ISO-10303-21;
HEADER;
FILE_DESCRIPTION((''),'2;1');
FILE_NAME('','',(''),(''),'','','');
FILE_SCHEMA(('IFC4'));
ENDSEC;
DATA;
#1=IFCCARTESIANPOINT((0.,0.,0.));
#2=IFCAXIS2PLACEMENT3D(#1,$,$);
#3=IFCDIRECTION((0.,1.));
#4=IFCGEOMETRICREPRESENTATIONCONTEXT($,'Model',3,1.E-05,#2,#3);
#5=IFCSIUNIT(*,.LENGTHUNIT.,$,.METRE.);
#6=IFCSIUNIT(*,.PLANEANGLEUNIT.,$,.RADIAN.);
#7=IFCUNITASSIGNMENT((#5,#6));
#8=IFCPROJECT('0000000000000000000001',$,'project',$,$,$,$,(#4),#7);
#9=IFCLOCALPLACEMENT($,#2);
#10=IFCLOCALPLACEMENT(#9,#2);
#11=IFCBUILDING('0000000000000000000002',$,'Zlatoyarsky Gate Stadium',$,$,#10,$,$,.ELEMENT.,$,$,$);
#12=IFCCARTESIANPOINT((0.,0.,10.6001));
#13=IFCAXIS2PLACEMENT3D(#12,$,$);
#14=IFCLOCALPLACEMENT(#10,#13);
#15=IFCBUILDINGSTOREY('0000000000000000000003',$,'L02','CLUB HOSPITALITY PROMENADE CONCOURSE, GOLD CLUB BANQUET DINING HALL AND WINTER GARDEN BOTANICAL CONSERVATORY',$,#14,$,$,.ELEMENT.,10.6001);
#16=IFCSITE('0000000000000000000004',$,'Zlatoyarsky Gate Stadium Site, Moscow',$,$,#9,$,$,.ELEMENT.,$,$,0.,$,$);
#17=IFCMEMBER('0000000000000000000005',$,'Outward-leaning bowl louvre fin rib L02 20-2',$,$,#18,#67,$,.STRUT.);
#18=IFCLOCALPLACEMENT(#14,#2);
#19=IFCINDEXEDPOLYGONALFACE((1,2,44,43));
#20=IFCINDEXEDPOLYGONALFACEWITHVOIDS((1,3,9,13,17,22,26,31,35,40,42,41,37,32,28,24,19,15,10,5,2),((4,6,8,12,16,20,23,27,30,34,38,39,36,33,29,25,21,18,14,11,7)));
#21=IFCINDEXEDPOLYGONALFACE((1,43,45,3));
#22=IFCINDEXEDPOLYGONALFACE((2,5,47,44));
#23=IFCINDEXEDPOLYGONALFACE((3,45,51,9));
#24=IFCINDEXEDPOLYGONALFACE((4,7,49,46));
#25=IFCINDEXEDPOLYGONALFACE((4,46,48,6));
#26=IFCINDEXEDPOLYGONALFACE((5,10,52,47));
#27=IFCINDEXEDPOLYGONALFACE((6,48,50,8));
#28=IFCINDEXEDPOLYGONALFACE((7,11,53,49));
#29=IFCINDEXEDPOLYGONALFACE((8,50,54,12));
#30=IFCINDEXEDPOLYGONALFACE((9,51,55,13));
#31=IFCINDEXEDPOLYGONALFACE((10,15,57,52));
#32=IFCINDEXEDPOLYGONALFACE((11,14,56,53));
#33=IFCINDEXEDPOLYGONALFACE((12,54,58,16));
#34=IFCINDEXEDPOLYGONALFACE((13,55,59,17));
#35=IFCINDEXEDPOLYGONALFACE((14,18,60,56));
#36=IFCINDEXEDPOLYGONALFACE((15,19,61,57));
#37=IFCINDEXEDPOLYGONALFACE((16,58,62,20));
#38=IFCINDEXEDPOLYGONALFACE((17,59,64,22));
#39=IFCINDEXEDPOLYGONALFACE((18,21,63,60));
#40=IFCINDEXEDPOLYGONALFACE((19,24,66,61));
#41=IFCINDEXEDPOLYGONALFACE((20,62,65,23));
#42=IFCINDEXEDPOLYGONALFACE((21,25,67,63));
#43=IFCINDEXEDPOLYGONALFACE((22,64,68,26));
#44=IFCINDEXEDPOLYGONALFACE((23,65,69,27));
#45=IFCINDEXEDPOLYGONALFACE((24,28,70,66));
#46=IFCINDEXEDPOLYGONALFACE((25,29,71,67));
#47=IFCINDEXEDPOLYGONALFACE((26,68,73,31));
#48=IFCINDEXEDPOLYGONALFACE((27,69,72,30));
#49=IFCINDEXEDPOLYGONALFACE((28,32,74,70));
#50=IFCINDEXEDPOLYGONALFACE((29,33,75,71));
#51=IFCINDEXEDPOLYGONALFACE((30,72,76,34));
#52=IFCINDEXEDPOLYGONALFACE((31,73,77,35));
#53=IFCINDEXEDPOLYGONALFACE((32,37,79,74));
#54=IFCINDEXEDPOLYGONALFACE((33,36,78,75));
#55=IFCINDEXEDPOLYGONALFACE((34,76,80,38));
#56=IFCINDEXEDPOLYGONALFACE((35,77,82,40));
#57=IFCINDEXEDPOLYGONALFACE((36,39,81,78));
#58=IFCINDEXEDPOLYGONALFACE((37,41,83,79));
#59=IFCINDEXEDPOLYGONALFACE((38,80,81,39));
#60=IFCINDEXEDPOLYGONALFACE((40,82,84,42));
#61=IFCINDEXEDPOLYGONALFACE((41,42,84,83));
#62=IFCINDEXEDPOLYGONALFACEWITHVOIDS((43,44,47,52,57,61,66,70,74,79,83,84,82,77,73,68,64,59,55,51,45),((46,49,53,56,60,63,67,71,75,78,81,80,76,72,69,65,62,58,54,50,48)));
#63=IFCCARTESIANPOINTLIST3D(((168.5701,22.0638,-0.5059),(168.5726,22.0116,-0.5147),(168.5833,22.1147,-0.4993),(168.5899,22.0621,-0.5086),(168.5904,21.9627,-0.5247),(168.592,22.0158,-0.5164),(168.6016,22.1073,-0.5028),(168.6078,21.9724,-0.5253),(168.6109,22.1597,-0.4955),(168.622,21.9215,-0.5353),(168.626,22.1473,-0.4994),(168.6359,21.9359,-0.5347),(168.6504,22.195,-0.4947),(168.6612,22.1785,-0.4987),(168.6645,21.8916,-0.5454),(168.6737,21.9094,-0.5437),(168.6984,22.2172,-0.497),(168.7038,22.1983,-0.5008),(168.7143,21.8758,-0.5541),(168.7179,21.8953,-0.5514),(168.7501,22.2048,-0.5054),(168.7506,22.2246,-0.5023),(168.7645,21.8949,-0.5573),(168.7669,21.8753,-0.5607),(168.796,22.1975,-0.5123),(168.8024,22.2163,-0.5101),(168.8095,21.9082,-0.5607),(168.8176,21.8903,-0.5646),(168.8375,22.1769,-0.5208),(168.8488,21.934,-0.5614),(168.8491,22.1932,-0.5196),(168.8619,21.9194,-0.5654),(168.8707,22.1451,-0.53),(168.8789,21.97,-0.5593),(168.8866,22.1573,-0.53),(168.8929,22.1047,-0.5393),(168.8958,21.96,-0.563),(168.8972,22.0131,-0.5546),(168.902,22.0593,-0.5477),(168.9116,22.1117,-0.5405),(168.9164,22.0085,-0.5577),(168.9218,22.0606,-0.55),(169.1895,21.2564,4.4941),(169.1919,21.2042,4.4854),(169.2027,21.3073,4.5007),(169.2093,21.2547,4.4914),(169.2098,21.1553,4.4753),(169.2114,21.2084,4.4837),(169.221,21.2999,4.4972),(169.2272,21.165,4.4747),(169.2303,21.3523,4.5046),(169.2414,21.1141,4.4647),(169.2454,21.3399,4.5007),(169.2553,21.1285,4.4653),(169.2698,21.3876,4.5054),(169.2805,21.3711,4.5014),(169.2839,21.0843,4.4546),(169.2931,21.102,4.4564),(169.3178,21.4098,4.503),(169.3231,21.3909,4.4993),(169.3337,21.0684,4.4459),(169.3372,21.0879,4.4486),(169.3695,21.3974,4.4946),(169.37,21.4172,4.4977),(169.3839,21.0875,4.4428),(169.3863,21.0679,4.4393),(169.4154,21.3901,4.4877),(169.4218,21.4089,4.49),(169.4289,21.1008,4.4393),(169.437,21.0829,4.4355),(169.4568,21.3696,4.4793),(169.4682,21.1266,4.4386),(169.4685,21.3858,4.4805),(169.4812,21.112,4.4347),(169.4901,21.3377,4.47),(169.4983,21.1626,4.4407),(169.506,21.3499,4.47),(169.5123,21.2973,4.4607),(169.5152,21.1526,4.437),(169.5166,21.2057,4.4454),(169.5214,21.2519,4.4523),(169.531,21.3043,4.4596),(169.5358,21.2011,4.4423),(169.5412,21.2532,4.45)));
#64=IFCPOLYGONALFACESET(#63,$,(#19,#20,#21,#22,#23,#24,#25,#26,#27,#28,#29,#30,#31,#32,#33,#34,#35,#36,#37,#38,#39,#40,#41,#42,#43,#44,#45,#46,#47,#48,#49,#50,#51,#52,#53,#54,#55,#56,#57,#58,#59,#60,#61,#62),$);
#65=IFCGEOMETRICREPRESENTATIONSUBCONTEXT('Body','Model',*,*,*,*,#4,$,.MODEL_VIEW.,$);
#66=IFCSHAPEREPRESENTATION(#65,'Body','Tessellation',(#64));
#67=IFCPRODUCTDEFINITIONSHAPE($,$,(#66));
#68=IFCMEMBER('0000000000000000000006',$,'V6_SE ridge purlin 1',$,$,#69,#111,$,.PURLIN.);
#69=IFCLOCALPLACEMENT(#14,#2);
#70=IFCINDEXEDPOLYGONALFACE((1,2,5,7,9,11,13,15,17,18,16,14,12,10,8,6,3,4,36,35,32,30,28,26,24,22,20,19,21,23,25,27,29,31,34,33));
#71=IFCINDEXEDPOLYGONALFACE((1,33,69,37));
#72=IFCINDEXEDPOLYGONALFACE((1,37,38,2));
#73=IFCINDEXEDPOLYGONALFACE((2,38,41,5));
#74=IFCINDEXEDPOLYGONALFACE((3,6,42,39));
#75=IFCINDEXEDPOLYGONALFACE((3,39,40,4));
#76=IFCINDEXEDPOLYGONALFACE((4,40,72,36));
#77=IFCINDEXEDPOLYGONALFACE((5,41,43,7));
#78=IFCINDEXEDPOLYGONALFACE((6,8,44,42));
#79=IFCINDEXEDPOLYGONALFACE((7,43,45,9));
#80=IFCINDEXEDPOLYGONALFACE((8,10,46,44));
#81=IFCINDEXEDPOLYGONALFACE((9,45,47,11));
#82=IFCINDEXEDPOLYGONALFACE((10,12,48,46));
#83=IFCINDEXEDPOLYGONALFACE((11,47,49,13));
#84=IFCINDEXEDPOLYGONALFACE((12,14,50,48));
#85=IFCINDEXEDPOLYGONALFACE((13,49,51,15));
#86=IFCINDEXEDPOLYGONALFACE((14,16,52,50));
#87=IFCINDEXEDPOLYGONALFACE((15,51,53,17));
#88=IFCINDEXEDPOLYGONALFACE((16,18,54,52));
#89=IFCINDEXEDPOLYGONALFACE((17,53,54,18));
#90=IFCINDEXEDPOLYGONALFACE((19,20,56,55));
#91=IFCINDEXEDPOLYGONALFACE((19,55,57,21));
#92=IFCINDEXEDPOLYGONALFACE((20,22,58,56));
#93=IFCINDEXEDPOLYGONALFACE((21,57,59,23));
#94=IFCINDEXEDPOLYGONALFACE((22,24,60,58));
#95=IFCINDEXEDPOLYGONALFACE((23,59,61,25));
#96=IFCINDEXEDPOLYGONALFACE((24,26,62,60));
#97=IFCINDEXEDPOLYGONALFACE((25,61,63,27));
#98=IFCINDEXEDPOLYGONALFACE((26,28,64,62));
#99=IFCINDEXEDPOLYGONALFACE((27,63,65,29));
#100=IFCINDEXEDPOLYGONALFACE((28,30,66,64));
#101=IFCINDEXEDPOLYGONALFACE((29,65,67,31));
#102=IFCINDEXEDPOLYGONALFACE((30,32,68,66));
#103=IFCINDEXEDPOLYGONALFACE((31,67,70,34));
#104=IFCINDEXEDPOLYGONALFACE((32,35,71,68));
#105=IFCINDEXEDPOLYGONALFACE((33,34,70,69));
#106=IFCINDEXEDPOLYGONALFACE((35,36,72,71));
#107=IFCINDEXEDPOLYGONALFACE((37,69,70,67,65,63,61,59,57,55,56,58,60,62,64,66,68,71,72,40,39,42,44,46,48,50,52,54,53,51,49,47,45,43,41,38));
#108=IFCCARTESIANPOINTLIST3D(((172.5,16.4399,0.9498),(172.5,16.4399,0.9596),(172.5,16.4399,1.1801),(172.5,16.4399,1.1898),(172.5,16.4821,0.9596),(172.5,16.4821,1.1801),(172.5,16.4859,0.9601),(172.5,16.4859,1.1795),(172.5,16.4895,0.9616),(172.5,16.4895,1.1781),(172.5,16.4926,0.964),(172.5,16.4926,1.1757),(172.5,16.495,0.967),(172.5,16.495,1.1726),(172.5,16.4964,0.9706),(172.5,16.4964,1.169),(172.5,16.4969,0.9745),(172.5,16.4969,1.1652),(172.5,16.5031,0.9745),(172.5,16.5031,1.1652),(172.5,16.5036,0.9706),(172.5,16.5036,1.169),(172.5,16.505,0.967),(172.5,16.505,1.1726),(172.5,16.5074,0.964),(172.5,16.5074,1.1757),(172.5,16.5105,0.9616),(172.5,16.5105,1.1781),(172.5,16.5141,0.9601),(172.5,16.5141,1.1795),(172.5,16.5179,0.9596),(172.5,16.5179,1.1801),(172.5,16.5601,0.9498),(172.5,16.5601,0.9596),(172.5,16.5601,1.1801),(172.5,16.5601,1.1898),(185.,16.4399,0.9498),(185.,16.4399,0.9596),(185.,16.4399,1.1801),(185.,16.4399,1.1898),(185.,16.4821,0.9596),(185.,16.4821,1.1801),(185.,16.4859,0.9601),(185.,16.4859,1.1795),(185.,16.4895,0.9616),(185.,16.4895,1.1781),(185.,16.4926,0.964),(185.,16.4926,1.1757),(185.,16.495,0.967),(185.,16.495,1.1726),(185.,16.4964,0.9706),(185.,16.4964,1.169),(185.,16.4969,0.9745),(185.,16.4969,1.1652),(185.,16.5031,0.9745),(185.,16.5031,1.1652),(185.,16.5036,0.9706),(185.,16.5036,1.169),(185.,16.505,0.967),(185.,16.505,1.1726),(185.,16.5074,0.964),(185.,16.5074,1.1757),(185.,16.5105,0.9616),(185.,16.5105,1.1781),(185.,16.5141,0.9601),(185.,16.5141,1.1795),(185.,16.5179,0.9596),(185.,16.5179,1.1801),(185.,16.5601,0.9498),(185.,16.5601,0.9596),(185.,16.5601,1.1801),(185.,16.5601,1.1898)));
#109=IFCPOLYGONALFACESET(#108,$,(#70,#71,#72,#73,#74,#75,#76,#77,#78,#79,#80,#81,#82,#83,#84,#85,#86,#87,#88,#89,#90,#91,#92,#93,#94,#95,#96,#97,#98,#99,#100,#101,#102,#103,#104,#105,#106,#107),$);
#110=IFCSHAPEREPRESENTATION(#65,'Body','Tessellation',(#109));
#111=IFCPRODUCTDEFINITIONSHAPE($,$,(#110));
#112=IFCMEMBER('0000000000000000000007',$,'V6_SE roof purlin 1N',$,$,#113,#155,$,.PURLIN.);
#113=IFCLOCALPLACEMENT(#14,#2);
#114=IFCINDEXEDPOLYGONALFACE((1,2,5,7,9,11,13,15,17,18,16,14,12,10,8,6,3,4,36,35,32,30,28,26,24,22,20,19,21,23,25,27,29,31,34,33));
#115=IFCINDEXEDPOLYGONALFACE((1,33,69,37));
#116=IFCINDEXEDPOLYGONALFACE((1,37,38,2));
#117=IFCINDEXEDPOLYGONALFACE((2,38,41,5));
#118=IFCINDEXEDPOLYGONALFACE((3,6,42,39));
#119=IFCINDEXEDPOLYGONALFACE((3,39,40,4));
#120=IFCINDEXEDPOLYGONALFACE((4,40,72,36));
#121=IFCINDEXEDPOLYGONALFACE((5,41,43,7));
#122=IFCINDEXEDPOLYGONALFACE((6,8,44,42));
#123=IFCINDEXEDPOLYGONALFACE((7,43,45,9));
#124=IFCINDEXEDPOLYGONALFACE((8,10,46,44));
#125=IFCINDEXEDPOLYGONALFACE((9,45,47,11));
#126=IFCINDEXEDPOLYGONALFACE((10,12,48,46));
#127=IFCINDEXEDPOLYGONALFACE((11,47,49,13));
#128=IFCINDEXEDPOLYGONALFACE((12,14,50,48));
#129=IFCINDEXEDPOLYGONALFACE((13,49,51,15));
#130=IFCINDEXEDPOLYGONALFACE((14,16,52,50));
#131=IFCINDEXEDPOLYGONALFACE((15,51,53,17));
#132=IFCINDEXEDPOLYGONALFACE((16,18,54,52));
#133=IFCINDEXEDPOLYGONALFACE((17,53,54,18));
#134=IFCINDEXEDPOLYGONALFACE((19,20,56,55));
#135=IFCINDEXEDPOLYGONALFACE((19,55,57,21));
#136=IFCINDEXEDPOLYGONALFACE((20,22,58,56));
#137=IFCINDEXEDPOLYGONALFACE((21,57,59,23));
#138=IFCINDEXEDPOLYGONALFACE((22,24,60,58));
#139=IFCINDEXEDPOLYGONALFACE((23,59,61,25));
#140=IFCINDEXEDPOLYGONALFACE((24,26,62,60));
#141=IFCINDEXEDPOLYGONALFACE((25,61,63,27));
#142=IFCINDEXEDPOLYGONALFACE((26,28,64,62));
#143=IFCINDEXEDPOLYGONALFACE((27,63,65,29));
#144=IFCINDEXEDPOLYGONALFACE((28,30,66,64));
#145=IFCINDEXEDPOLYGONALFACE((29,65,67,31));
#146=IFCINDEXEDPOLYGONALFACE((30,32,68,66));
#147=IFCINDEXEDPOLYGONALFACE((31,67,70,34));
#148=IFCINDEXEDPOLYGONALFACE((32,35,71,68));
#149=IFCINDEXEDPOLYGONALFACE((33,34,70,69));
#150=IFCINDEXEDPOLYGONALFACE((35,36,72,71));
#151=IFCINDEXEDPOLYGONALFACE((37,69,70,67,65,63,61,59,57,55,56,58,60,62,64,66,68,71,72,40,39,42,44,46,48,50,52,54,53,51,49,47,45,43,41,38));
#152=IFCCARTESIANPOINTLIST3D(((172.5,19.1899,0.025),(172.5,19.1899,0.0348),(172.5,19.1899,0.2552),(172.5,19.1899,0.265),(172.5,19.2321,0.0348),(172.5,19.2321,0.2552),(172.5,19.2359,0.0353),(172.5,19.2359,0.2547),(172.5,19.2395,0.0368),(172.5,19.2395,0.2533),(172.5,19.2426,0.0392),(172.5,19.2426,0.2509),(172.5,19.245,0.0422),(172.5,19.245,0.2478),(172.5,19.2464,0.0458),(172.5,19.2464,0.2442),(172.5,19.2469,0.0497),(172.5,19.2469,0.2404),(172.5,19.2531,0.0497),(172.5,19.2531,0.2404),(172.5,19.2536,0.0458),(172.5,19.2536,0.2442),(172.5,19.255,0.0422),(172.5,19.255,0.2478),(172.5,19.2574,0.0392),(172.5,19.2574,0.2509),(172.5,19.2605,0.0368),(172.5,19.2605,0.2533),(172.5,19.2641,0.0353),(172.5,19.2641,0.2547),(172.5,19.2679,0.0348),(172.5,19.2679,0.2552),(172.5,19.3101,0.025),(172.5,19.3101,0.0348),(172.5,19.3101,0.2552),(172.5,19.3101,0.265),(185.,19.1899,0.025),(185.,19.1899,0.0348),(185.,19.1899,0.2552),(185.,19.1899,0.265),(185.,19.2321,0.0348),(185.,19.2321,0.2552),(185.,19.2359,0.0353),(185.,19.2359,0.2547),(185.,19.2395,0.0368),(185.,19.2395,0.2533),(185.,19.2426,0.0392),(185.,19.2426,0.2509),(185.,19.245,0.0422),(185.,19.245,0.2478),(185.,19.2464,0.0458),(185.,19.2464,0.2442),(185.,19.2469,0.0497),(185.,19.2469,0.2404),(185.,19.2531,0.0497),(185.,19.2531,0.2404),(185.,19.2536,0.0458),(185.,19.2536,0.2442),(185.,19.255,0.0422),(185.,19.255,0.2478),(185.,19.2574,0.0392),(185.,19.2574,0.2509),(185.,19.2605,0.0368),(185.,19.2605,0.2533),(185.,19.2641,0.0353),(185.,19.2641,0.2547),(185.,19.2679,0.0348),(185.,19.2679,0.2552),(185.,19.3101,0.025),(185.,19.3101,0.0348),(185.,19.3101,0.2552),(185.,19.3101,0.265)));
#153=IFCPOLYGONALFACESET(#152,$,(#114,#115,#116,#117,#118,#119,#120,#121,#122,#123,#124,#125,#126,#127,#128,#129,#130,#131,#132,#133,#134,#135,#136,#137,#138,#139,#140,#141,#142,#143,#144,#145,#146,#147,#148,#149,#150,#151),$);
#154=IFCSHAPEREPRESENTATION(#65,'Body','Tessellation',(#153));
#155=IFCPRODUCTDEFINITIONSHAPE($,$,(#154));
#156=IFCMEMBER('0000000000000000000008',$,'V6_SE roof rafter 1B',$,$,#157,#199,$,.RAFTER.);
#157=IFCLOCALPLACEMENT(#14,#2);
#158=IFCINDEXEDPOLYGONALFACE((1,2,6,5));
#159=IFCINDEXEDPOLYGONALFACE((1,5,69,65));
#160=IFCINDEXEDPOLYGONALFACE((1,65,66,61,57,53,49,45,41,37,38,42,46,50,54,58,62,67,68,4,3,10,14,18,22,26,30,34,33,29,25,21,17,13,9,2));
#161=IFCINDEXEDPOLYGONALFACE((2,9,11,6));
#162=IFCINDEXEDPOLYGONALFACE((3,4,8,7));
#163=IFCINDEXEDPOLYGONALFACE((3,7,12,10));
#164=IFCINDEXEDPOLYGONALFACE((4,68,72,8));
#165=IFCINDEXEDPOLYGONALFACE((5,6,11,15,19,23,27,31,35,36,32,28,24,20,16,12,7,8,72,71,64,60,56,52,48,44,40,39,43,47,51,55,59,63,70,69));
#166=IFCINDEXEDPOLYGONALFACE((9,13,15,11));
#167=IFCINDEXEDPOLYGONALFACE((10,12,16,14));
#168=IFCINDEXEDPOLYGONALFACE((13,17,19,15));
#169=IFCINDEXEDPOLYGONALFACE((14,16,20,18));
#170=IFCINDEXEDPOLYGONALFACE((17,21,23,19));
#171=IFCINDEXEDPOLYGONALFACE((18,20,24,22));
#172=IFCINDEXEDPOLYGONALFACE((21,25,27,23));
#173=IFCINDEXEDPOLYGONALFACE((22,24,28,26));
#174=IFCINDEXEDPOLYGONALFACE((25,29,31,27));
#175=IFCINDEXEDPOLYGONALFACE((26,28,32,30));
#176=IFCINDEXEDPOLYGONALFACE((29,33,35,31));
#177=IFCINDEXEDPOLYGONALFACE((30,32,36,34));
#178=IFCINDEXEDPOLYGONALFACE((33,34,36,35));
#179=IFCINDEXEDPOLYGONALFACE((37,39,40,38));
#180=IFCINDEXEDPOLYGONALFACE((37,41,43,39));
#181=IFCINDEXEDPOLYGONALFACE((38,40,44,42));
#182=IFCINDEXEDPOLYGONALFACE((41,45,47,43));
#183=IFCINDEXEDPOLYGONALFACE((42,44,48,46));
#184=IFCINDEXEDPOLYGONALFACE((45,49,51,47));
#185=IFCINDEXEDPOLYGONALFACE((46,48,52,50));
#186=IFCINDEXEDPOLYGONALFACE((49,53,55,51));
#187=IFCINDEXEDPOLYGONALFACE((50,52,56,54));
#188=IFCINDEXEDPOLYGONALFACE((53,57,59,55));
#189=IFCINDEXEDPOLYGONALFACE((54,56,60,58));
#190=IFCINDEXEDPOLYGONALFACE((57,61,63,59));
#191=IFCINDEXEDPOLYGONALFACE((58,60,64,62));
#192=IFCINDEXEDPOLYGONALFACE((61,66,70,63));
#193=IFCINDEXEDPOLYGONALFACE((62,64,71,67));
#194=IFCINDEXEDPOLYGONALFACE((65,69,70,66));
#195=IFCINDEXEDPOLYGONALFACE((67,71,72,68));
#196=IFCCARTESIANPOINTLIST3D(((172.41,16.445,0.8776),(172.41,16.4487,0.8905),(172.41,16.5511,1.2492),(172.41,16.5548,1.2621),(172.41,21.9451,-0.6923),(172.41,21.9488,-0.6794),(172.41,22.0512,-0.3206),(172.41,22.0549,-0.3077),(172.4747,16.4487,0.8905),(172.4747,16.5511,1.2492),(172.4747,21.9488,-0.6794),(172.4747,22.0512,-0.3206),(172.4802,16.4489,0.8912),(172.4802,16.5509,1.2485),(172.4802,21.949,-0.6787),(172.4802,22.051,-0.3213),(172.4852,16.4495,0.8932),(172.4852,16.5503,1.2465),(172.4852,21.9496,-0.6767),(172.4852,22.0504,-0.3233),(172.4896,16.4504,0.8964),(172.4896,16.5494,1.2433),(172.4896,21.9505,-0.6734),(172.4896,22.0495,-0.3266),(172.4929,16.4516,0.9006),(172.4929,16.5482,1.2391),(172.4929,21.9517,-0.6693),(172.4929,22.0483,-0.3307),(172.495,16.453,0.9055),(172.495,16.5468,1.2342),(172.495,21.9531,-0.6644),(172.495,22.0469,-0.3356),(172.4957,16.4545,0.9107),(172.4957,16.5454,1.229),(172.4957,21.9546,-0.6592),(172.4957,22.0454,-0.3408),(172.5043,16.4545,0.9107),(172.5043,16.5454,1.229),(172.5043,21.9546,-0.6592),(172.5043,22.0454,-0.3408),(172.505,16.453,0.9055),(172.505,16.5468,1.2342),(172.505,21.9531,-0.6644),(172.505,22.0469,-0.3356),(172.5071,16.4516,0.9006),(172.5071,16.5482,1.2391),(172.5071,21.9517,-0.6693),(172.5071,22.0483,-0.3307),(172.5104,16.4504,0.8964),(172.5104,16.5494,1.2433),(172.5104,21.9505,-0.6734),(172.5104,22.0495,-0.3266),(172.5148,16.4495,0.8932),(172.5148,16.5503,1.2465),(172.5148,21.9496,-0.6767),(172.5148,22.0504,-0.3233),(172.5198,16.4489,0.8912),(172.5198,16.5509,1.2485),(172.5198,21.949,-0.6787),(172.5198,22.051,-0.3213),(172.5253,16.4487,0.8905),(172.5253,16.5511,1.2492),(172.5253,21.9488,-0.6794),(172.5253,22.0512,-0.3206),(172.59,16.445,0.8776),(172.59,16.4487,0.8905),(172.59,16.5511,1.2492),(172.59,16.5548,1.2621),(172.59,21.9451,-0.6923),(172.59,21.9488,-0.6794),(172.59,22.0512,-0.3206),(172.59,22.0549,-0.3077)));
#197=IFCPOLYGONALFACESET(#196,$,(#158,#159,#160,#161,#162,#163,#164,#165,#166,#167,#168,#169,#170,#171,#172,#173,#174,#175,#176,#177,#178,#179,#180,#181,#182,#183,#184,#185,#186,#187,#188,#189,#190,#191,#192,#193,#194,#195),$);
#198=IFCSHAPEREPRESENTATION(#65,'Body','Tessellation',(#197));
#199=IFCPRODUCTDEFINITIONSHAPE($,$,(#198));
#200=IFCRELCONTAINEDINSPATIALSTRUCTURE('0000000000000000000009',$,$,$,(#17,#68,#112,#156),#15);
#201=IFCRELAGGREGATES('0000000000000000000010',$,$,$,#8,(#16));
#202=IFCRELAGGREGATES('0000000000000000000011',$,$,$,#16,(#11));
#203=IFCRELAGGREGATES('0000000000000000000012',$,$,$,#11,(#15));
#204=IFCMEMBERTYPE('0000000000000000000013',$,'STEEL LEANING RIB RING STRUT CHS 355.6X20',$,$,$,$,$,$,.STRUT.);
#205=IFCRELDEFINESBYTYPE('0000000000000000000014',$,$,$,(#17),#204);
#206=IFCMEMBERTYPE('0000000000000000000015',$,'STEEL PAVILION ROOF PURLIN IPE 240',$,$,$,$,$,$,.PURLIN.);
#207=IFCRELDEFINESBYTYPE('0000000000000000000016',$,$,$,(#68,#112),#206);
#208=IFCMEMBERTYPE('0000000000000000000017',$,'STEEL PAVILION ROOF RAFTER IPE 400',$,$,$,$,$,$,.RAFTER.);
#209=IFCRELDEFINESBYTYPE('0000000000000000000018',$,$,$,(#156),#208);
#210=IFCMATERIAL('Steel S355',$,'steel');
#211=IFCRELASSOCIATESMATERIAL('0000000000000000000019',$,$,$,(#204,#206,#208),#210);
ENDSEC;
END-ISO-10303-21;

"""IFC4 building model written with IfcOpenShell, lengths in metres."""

from ifc_helpers import new_model, si_unit, direction, frame, origin, origin_2d, place, context, subcontext, project, spatial, hollow_circle, i_section, extrude, material, material_profile, profile_set, type_object, element, save


model = new_model("IFC4")

# Units and contexts
model_context = context("Model", 3, precision=1e-05, world=origin(), true_north=direction((0.0, 1.0)))
body_context = subcontext(model_context, "Body", "Model", "MODEL_VIEW")
ifc_project = project(units=[si_unit("LENGTHUNIT", "METRE"), si_unit("PLANEANGLEUNIT", "RADIAN")], contexts=[model_context])

# Site, building, storey
site_placement = place(None, origin())
site = spatial("IfcSite", under=ifc_project, at=site_placement, Name="Zlatoyarsky Gate Stadium Site, Moscow", CompositionType="ELEMENT", RefElevation=0.0)
building_placement = place(site_placement, origin())
building = spatial("IfcBuilding", under=site, at=building_placement, Name="Zlatoyarsky Gate Stadium", CompositionType="ELEMENT")
storey_placement = place(building_placement, frame((0.0, 0.0, 10.6001)))
storey = spatial("IfcBuildingStorey", under=building, at=storey_placement, Name="L02", Description="CLUB HOSPITALITY PROMENADE CONCOURSE, GOLD CLUB BANQUET DINING HALL AND WINTER GARDEN BOTANICAL CONSERVATORY", CompositionType="ELEMENT", Elevation=10.6001)

# Shared definitions
ifc_material_1 = material(Name="Steel S355", Category="steel")

# Members
ifc_material_profile_1 = material_profile(ifc_material_1, hollow_circle(Radius=0.1777, WallThickness=0.02, at=origin_2d()), Name="CHS 355.6X20")
ifc_profile_set_1 = profile_set([ifc_material_profile_1], Name="Steel S355")
member_type_1 = type_object("IfcMemberType", Name="STEEL LEANING RIB RING STRUT CHS 355.6X20", PredefinedType="STRUT", material=ifc_profile_set_1)
member_1_placement = place(storey_placement, frame((168.7456, 22.0491, -0.53), z_axis=(0.121389, -0.158231, 0.979912), x_axis=(0.793417, 0.608678, 0.0)))
element("IfcMember", 1, at=member_1_placement, inside=storey, type_object=member_type_1, Name="Outward-leaning bowl louvre fin rib L02 20-2", PredefinedType="STRUT", context=body_context, shape_type="SweptSolid", body=[
    extrude(hollow_circle(Radius=0.1777, WallThickness=0.02, at=origin_2d()), origin(), (0.0, 0.0, 1.0), 5.1025),
])
ifc_material_profile_2 = material_profile(ifc_material_1, i_section(OverallWidth=0.1201, OverallDepth=0.24, WebThickness=0.0061, FlangeThickness=0.0098, FilletRadius=0.0149, at=origin_2d()), Name="IPE 240")
ifc_profile_set_2 = profile_set([ifc_material_profile_2], Name="Steel S355")
member_type_2 = type_object("IfcMemberType", Name="STEEL PAVILION ROOF PURLIN IPE 240", PredefinedType="PURLIN", material=ifc_profile_set_2)
for number, where, z_axis, x_axis, name in (
    (2, (172.5, 16.5, 1.0698), (1.0, 0.0, 0.0), (0.0, 1.0, 0.0), "V6_SE ridge purlin 1"),
    (3, (172.5, 19.25, 0.145), (1.0, 0.0, 0.0), (0.0, 1.0, 0.0), "V6_SE roof purlin 1N"),
):
    element("IfcMember", number, at=place(storey_placement, frame(where, z_axis=z_axis, x_axis=x_axis)), inside=storey, type_object=member_type_2, Name=name, PredefinedType="PURLIN", context=body_context, shape_type="SweptSolid", body=[
        extrude(i_section(OverallWidth=0.1201, OverallDepth=0.24, WebThickness=0.0061, FlangeThickness=0.0098, FilletRadius=0.0149, at=origin_2d()), origin(), (0.0, 0.0, 1.0), 12.5),
    ])
ifc_material_profile_3 = material_profile(ifc_material_1, i_section(OverallWidth=0.1799, OverallDepth=0.3999, WebThickness=0.0085, FlangeThickness=0.0134, FilletRadius=0.021, at=origin_2d()), Name="IPE 400")
ifc_profile_set_3 = profile_set([ifc_material_profile_3], Name="Steel S355")
member_type_3 = type_object("IfcMemberType", Name="STEEL PAVILION ROOF RAFTER IPE 400", PredefinedType="RAFTER", material=ifc_profile_set_3)
member_2_placement = place(storey_placement, frame((172.5, 22.0, -0.5), z_axis=(0.0, -0.961598, 0.274462), x_axis=(1.0, 0.0, 0.0)))
element("IfcMember", 4, at=member_2_placement, inside=storey, type_object=member_type_3, Name="V6_SE roof rafter 1B", PredefinedType="RAFTER", context=body_context, shape_type="SweptSolid", body=[
    extrude(i_section(OverallWidth=0.1799, OverallDepth=0.3999, WebThickness=0.0085, FlangeThickness=0.0134, FilletRadius=0.021, at=origin_2d()), origin(), (0.0, 0.0, 1.0), 5.7197),
])

save(model, "model.ifc")
